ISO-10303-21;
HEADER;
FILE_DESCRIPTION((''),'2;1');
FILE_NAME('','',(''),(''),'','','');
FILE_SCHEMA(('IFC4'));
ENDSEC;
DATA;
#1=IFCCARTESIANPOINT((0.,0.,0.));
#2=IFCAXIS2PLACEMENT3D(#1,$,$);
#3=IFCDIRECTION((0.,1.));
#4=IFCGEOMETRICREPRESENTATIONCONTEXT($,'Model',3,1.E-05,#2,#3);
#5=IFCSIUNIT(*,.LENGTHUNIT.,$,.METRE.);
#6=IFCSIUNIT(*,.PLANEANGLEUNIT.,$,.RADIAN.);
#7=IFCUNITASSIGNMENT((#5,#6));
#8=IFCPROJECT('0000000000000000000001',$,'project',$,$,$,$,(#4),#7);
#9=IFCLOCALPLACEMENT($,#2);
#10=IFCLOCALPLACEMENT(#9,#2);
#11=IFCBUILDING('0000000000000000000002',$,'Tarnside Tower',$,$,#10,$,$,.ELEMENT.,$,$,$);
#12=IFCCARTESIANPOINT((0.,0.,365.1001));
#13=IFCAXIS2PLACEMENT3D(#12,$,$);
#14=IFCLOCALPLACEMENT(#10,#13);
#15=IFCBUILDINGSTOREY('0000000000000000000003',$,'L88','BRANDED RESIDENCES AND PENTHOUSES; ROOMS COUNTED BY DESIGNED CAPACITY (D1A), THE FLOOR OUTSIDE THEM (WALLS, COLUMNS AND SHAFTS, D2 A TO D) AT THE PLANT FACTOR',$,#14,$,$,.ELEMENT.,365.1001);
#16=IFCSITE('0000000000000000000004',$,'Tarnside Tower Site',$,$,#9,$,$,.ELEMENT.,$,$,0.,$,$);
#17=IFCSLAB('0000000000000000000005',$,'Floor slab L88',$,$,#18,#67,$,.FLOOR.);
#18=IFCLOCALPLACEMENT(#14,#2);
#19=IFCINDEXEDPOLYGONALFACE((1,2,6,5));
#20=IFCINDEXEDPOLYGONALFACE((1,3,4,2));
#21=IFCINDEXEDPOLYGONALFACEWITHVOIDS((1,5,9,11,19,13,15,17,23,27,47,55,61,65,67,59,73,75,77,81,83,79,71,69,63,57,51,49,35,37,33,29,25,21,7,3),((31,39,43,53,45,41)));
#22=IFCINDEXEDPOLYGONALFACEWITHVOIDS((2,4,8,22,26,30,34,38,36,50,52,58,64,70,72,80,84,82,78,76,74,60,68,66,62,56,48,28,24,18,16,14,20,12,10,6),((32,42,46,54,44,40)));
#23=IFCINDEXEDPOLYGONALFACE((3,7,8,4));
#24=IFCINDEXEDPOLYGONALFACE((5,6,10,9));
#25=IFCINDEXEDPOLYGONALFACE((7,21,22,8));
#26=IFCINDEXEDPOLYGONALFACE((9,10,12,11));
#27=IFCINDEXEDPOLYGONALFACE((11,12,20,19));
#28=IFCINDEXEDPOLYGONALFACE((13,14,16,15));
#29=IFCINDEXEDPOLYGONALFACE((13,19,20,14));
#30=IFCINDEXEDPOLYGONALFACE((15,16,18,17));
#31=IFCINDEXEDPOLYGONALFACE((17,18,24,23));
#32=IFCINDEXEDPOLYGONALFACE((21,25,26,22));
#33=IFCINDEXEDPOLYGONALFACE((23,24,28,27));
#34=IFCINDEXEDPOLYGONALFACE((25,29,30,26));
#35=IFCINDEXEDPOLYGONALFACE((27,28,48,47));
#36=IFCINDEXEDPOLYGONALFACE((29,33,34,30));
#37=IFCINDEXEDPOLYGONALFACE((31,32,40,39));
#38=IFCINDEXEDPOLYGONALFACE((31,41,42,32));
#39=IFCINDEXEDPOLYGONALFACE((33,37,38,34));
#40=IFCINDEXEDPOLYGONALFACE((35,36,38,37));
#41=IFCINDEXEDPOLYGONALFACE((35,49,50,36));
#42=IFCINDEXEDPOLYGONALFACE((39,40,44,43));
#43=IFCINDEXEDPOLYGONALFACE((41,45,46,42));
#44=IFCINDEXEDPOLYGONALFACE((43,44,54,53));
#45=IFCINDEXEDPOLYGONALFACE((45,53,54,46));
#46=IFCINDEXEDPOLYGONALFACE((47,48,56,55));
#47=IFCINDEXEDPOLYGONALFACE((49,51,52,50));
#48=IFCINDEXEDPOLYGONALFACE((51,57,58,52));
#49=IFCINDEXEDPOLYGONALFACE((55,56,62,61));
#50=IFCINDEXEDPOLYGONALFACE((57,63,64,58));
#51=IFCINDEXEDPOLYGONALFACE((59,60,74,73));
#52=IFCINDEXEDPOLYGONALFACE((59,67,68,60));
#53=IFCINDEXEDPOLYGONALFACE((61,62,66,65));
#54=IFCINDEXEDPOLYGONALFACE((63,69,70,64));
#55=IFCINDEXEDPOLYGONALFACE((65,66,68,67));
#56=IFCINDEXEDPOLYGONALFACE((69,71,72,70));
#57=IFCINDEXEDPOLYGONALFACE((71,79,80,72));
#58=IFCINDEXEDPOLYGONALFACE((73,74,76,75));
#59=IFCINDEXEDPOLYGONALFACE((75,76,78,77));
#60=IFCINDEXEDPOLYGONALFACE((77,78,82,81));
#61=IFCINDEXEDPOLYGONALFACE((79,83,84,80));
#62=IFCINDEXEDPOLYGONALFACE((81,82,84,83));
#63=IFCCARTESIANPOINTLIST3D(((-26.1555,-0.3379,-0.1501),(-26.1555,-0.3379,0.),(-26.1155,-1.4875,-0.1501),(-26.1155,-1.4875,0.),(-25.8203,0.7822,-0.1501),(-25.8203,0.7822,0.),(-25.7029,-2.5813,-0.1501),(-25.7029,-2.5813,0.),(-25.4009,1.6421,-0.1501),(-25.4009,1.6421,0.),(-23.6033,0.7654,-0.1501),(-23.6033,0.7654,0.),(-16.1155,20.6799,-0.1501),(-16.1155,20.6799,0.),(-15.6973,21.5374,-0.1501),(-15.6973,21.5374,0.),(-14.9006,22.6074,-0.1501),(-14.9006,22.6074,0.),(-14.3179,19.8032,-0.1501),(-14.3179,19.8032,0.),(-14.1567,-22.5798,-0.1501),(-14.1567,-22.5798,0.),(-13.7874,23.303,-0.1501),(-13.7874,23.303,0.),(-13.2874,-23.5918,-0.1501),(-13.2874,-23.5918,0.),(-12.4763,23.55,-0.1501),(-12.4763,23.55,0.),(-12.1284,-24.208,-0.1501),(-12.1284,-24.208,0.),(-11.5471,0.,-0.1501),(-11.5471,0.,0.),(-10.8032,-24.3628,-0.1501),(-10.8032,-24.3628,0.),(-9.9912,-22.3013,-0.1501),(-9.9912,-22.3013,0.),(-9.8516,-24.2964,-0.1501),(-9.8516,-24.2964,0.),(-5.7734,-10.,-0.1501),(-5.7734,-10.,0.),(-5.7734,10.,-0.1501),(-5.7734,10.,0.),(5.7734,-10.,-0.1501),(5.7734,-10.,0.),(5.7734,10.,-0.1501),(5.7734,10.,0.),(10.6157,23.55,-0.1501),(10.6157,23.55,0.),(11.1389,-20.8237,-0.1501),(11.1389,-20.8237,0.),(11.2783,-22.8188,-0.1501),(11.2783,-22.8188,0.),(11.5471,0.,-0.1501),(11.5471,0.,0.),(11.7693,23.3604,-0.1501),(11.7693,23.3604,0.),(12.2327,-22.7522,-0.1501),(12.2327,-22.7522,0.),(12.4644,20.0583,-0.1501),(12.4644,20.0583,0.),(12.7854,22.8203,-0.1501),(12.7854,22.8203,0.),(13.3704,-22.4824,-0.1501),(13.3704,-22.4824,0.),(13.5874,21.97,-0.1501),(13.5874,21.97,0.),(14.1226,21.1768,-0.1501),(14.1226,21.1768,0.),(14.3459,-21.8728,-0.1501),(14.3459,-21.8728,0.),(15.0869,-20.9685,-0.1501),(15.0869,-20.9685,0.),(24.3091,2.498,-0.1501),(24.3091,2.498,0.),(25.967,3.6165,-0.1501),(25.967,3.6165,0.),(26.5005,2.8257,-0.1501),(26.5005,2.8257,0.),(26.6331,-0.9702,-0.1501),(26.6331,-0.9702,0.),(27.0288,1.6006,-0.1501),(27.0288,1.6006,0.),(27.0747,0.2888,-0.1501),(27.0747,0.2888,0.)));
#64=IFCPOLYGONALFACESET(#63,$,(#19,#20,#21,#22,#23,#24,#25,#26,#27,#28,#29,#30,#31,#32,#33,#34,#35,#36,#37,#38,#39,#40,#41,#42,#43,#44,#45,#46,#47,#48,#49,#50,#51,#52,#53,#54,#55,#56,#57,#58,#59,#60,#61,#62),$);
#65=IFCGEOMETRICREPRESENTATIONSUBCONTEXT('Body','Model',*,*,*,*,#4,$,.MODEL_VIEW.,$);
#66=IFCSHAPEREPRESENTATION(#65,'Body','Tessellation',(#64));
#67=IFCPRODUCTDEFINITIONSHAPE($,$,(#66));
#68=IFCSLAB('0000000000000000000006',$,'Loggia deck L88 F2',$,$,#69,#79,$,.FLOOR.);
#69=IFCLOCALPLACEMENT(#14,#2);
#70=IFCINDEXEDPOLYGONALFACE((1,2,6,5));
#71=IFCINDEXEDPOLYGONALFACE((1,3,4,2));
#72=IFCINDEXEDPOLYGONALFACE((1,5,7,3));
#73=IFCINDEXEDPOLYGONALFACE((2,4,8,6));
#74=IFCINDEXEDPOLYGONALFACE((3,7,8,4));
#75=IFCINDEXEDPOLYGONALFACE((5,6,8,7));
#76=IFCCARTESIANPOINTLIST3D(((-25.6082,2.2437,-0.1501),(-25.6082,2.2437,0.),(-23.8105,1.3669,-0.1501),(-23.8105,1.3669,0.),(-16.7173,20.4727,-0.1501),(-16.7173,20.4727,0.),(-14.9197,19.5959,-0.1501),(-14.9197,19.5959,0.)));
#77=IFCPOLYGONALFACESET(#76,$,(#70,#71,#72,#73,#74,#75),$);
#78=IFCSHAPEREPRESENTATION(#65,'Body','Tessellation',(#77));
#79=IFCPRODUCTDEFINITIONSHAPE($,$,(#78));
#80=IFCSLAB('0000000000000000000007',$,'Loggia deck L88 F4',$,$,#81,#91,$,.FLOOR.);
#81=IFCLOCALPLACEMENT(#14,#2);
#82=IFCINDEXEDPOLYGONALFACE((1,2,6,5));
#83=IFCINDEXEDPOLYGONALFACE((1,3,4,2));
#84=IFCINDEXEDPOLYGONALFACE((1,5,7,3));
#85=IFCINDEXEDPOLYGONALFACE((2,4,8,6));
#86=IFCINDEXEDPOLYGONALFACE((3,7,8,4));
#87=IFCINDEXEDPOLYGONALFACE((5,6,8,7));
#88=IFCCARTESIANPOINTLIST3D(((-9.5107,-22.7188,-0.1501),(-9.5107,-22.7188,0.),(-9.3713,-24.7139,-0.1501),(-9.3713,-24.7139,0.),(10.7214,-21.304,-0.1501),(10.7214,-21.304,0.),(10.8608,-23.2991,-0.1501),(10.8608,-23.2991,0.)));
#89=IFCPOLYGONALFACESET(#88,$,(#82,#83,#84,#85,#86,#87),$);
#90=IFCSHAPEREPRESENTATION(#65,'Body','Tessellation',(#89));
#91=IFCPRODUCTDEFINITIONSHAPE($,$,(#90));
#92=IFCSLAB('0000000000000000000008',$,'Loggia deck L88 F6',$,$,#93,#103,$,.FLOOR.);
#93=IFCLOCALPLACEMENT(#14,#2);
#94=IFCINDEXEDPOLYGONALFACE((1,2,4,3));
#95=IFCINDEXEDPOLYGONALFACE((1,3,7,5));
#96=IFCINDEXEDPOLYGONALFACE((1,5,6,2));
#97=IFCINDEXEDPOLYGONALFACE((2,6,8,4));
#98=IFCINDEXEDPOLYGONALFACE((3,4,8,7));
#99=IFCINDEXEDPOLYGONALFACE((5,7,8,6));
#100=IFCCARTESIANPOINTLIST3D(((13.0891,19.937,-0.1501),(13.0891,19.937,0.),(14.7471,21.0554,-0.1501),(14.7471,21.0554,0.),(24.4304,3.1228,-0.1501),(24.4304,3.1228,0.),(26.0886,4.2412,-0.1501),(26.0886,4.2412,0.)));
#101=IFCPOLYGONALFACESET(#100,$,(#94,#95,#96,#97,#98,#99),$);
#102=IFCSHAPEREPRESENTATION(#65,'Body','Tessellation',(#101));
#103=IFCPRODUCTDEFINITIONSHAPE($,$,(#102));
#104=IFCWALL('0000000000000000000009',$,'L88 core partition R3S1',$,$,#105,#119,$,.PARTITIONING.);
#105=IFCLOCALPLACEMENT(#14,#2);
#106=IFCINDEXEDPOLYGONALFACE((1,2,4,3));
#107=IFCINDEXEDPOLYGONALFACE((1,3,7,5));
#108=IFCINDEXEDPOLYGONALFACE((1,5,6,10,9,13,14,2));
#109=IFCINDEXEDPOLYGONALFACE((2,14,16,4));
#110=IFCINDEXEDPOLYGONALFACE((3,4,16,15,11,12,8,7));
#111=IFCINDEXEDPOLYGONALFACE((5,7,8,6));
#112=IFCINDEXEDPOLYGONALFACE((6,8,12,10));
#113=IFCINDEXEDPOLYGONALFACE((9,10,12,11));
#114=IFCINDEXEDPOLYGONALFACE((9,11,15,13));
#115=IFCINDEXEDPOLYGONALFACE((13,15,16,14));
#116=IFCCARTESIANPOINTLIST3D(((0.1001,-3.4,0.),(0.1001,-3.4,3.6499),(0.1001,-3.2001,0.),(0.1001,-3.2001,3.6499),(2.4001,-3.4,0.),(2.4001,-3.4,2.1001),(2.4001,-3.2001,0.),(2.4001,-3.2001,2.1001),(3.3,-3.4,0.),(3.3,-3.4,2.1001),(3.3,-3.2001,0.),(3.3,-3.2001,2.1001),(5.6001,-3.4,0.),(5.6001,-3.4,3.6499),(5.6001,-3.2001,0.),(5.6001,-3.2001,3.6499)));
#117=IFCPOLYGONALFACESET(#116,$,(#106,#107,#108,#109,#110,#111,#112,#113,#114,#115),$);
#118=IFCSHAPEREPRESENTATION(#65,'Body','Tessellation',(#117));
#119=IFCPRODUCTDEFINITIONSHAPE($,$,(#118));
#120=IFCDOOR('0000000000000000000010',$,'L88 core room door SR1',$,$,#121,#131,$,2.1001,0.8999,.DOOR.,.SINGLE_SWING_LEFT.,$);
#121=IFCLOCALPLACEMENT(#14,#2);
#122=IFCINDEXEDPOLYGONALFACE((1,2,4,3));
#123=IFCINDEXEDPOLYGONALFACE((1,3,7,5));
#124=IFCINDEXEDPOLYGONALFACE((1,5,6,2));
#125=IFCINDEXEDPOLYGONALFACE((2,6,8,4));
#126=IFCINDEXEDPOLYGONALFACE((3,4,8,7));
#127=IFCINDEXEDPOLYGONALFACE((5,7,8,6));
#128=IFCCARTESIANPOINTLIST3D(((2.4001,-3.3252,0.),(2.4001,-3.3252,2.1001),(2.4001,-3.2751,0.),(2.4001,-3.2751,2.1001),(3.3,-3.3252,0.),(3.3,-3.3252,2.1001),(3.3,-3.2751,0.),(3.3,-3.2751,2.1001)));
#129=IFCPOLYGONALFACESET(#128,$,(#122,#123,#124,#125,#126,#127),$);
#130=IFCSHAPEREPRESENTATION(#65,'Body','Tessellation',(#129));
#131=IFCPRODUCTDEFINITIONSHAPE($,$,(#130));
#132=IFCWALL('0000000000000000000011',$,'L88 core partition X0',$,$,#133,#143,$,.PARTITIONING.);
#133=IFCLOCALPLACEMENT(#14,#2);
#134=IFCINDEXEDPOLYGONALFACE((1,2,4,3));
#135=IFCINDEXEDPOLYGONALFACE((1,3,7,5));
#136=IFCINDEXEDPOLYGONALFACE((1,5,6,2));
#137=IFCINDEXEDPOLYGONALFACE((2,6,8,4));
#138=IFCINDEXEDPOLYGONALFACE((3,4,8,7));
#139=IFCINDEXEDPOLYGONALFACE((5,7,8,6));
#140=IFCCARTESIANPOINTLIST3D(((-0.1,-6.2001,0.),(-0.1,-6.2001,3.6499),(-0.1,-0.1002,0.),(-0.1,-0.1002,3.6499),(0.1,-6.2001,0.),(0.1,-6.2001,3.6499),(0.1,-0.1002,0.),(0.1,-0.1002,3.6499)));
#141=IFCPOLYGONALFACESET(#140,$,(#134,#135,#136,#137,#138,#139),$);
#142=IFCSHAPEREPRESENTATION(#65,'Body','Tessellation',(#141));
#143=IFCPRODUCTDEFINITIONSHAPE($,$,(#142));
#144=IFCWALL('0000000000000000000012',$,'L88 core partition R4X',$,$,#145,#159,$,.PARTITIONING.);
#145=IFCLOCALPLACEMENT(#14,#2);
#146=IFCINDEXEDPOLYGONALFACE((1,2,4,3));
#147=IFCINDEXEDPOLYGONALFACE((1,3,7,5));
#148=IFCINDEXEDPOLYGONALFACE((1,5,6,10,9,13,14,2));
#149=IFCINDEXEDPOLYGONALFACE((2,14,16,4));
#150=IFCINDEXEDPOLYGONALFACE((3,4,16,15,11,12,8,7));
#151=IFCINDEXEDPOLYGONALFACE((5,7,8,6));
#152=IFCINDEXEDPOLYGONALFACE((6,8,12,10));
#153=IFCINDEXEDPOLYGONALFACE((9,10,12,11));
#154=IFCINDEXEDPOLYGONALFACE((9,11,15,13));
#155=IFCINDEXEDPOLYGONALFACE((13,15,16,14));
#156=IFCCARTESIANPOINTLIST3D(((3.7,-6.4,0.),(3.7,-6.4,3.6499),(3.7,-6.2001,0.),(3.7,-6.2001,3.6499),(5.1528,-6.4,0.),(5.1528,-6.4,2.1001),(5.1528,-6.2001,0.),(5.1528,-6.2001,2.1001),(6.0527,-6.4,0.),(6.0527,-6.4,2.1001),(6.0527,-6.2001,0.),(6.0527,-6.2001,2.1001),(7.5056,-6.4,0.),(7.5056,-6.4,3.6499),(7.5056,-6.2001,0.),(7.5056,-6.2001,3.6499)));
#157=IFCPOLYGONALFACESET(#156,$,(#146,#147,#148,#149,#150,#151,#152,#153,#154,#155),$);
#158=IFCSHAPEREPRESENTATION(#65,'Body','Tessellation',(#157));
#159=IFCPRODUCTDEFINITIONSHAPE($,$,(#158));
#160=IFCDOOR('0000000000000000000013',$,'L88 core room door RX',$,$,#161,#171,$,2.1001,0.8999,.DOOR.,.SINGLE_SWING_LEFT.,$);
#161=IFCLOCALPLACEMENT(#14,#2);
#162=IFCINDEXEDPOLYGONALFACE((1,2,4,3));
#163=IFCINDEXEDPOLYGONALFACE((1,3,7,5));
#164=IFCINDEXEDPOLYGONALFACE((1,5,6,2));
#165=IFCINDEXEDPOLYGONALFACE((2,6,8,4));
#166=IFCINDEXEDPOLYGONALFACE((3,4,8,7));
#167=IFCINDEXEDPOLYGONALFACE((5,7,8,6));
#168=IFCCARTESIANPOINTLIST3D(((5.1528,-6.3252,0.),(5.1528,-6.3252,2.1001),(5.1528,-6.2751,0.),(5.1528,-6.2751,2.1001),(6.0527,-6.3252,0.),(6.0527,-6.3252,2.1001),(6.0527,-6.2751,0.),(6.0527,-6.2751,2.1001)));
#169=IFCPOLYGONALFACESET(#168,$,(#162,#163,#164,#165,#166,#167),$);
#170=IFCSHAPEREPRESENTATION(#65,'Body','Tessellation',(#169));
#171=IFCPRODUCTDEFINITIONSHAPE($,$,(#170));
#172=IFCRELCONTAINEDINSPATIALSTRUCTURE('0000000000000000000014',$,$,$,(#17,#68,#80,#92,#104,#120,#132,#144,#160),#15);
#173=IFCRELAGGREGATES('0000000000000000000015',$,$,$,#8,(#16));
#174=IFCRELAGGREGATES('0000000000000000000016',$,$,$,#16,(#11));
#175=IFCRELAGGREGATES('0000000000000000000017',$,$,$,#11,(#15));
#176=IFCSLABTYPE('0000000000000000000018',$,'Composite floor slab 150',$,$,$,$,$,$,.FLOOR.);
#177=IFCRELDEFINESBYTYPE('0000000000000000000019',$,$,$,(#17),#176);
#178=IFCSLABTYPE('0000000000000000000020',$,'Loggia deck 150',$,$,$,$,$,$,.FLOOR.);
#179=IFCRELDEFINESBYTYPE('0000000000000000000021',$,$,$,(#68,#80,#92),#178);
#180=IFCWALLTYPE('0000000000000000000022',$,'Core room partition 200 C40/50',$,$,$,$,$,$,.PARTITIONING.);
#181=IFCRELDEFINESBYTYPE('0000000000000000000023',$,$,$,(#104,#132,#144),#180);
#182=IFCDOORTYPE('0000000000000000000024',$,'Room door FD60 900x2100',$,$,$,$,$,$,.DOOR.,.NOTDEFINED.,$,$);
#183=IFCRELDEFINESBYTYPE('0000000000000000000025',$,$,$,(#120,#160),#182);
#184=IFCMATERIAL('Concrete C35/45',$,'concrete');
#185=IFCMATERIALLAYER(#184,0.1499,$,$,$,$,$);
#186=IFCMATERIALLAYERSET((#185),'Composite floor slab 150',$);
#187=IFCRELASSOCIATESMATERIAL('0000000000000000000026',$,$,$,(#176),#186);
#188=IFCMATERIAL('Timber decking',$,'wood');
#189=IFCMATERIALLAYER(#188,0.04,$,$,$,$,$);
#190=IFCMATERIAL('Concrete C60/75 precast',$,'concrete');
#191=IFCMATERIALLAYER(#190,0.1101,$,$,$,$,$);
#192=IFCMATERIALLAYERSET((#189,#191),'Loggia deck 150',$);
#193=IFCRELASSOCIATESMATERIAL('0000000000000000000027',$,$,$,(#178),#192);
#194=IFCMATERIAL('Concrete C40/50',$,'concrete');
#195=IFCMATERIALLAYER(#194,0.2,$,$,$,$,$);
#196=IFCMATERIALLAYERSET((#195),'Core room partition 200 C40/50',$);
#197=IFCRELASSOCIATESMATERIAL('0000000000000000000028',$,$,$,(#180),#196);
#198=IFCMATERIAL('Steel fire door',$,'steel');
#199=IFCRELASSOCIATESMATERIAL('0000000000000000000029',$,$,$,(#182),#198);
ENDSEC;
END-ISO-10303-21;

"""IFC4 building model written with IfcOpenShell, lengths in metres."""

from ifc_helpers import new_model, si_unit, direction, frame, frame_2d, origin, place, context, subcontext, project, spatial, polyline, rectangle, outline, extrude, material, layer, layer_set, type_object, element, fill, save


model = new_model("IFC4")

# Units and contexts
model_context = context("Model", 3, precision=1e-05, world=origin(), true_north=direction((0.0, 1.0)))
body_context = subcontext(model_context, "Body", "Model", "MODEL_VIEW")
ifc_project = project(units=[si_unit("LENGTHUNIT", "METRE"), si_unit("PLANEANGLEUNIT", "RADIAN")], contexts=[model_context])

# Site, building, storey
site_placement = place(None, origin())
site = spatial("IfcSite", under=ifc_project, at=site_placement, Name="Tarnside Tower Site", CompositionType="ELEMENT", RefElevation=0.0)
building_placement = place(site_placement, origin())
building = spatial("IfcBuilding", under=site, at=building_placement, Name="Tarnside Tower", CompositionType="ELEMENT")
storey_placement = place(building_placement, frame((0.0, 0.0, 365.1001)))
storey = spatial("IfcBuildingStorey", under=building, at=storey_placement, Name="L88", Description="BRANDED RESIDENCES AND PENTHOUSES; ROOMS COUNTED BY DESIGNED CAPACITY (D1A), THE FLOOR OUTSIDE THEM (WALLS, COLUMNS AND SHAFTS, D2 A TO D) AT THE PLANT FACTOR", CompositionType="ELEMENT", Elevation=365.1001)

# Slabs
ifc_material_1 = material(Name="Concrete C35/45", Category="concrete")
ifc_layer_1 = layer(ifc_material_1, 0.1499)
ifc_layer_set_1 = layer_set([ifc_layer_1], Name="Composite floor slab 150")
slab_type_1 = type_object("IfcSlabType", Name="Composite floor slab 150", PredefinedType="FLOOR", material=ifc_layer_set_1)
slab_1_placement = place(storey_placement, frame((0.0, 0.0, -0.1501)))
element("IfcSlab", 1, at=slab_1_placement, inside=storey, type_object=slab_type_1, Name="Floor slab L88", PredefinedType="FLOOR", context=body_context, shape_type="SweptSolid", body=[
    extrude(outline(polyline([(11.7693, 23.3604), (12.7854, 22.8203), (13.5874, 21.97), (14.1226, 21.1768), (12.4644, 20.0583), (24.3091, 2.498), (25.967, 3.6165), (26.5005, 2.8257), (27.0288, 1.6006), (27.0747, 0.2888), (26.6331, -0.9702), (15.0869, -20.9685), (14.3459, -21.8728), (13.3704, -22.4824), (12.2327, -22.7522), (11.2783, -22.8188), (11.1389, -20.8237), (-9.9912, -22.3013), (-9.8516, -24.2964), (-10.8032, -24.3628), (-12.1284, -24.208), (-13.2874, -23.5918), (-14.1567, -22.5798), (-25.7029, -2.5813), (-26.1155, -1.4875), (-26.1555, -0.3379), (-25.8203, 0.7822), (-25.4009, 1.6421), (-23.6033, 0.7654), (-14.3179, 19.8032), (-16.1155, 20.6799), (-15.6973, 21.5374), (-14.9006, 22.6074), (-13.7874, 23.303), (-12.4763, 23.55), (10.6157, 23.55), (11.7693, 23.3604)]), holes=[polyline([(-11.5471, 0.0), (-5.7734, -10.0), (5.7734, -10.0), (11.5471, 0.0), (5.7734, 10.0), (-5.7734, 10.0), (-11.5471, 0.0)])]), origin(), (0.0, 0.0, 1.0), 0.1501),
])
ifc_material_2 = material(Name="Timber decking", Category="wood")
ifc_layer_2 = layer(ifc_material_2, 0.04)
ifc_material_3 = material(Name="Concrete C60/75 precast", Category="concrete")
ifc_layer_3 = layer(ifc_material_3, 0.1101)
ifc_layer_set_2 = layer_set([ifc_layer_2, ifc_layer_3], Name="Loggia deck 150")
slab_type_2 = type_object("IfcSlabType", Name="Loggia deck 150", PredefinedType="FLOOR", material=ifc_layer_set_2)
slab_2_placement = place(storey_placement, frame((0.0, 0.0, -0.1501)))
element("IfcSlab", 2, at=slab_2_placement, inside=storey, type_object=slab_type_2, Name="Loggia deck L88 F2", PredefinedType="FLOOR", context=body_context, shape_type="SweptSolid", body=[
    extrude(outline(polyline([(-14.9197, 19.5959), (-23.8105, 1.3669), (-25.6082, 2.2437), (-16.7173, 20.4727), (-14.9197, 19.5959)])), origin(), (0.0, 0.0, 1.0), 0.1501),
])
slab_3_placement = place(storey_placement, frame((0.0, 0.0, -0.1501)))
element("IfcSlab", 3, at=slab_3_placement, inside=storey, type_object=slab_type_2, Name="Loggia deck L88 F4", PredefinedType="FLOOR", context=body_context, shape_type="SweptSolid", body=[
    extrude(outline(polyline([(-9.5107, -22.7188), (10.7214, -21.304), (10.8608, -23.2991), (-9.3713, -24.7139), (-9.5107, -22.7188)])), origin(), (0.0, 0.0, 1.0), 0.1501),
])
slab_4_placement = place(storey_placement, frame((0.0, 0.0, -0.1501)))
element("IfcSlab", 4, at=slab_4_placement, inside=storey, type_object=slab_type_2, Name="Loggia deck L88 F6", PredefinedType="FLOOR", context=body_context, shape_type="SweptSolid", body=[
    extrude(outline(polyline([(24.4304, 3.1228), (13.0891, 19.937), (14.7471, 21.0554), (26.0886, 4.2412), (24.4304, 3.1228)])), origin(), (0.0, 0.0, 1.0), 0.1501),
])

# Wall, opening, door
ifc_material_4 = material(Name="Concrete C40/50", Category="concrete")
ifc_layer_4 = layer(ifc_material_4, 0.2)
ifc_layer_set_3 = layer_set([ifc_layer_4], Name="Core room partition 200 C40/50")
wall_type_1 = type_object("IfcWallType", Name="Core room partition 200 C40/50", PredefinedType="PARTITIONING", material=ifc_layer_set_3)
wall_1_placement = place(storey_placement, frame((0.1001, -3.3, 0.0), z_axis=(0.0, 0.0, 1.0), x_axis=(1.0, 0.0, 0.0)))
wall_1 = element("IfcWall", 5, at=wall_1_placement, inside=storey, type_object=wall_type_1, Name="L88 core partition R3S1", PredefinedType="PARTITIONING", context=body_context, shape_type="SweptSolid", body=[
    extrude(rectangle(XDim=5.5, YDim=0.2, at=frame_2d((2.75, 0.0))), origin(), (0.0, 0.0, 1.0), 3.6499),
])
opening_1_placement = place(wall_1_placement, frame((2.3, 0.0, 0.0)))
opening_1 = element("IfcOpeningElement", 6, at=opening_1_placement, cuts=wall_1, PredefinedType="OPENING", context=body_context, shape_type="SweptSolid", body=[
    extrude(rectangle(XDim=0.8999, YDim=2.1001, at=frame_2d((0.45, 1.05))), frame((0.0, 0.1099, 0.0), z_axis=(0.0, -1.0, 0.0), x_axis=(1.0, 0.0, 0.0)), (0.0, 0.0, 1.0), 0.22),
])
ifc_material_5 = material(Name="Steel fire door", Category="steel")
door_type_1 = type_object("IfcDoorType", Name="Room door FD60 900x2100", OperationType="NOTDEFINED", PredefinedType="DOOR", material=ifc_material_5)
door_1_placement = place(opening_1_placement, origin())
door_1 = element("IfcDoor", 7, at=door_1_placement, inside=storey, type_object=door_type_1, Name="L88 core room door SR1", OperationType="SINGLE_SWING_LEFT", OverallHeight=2.1001, OverallWidth=0.8999, PredefinedType="DOOR", context=body_context, shape_type="SweptSolid", body=[
    extrude(rectangle(XDim=0.8999, YDim=2.1001, at=frame_2d((0.45, 1.05))), frame((0.0, 0.0249, 0.0), z_axis=(0.0, -1.0, 0.0), x_axis=(1.0, 0.0, 0.0)), (0.0, 0.0, 1.0), 0.05),
])
fill(opening_1, door_1)

# Wall
wall_2_placement = place(storey_placement, frame((0.0, -6.2, 0.0), z_axis=(0.0, 0.0, 1.0), x_axis=(0.0, 1.0, 0.0)))
element("IfcWall", 8, at=wall_2_placement, inside=storey, type_object=wall_type_1, Name="L88 core partition X0", PredefinedType="PARTITIONING", context=body_context, shape_type="SweptSolid", body=[
    extrude(rectangle(XDim=6.0999, YDim=0.2, at=frame_2d((3.0498, 0.0))), origin(), (0.0, 0.0, 1.0), 3.6499),
])

# Wall, opening, door
wall_3_placement = place(storey_placement, frame((3.7, -6.3, 0.0), z_axis=(0.0, 0.0, 1.0), x_axis=(1.0, 0.0, 0.0)))
wall_3 = element("IfcWall", 9, at=wall_3_placement, inside=storey, type_object=wall_type_1, Name="L88 core partition R4X", PredefinedType="PARTITIONING", context=body_context, shape_type="SweptSolid", body=[
    extrude(rectangle(XDim=3.8057, YDim=0.2, at=frame_2d((1.9028, 0.0))), origin(), (0.0, 0.0, 1.0), 3.6499),
])
opening_2_placement = place(wall_3_placement, frame((1.4529, 0.0, 0.0)))
opening_2 = element("IfcOpeningElement", 10, at=opening_2_placement, cuts=wall_3, PredefinedType="OPENING", context=body_context, shape_type="SweptSolid", body=[
    extrude(rectangle(XDim=0.8999, YDim=2.1001, at=frame_2d((0.45, 1.05))), frame((0.0, 0.1099, 0.0), z_axis=(0.0, -1.0, 0.0), x_axis=(1.0, 0.0, 0.0)), (0.0, 0.0, 1.0), 0.22),
])
door_2_placement = place(opening_2_placement, origin())
door_2 = element("IfcDoor", 11, at=door_2_placement, inside=storey, type_object=door_type_1, Name="L88 core room door RX", OperationType="SINGLE_SWING_LEFT", OverallHeight=2.1001, OverallWidth=0.8999, PredefinedType="DOOR", context=body_context, shape_type="SweptSolid", body=[
    extrude(rectangle(XDim=0.8999, YDim=2.1001, at=frame_2d((0.45, 1.05))), frame((0.0, 0.0249, 0.0), z_axis=(0.0, -1.0, 0.0), x_axis=(1.0, 0.0, 0.0)), (0.0, 0.0, 1.0), 0.05),
])
fill(opening_2, door_2)

save(model, "model.ifc")
